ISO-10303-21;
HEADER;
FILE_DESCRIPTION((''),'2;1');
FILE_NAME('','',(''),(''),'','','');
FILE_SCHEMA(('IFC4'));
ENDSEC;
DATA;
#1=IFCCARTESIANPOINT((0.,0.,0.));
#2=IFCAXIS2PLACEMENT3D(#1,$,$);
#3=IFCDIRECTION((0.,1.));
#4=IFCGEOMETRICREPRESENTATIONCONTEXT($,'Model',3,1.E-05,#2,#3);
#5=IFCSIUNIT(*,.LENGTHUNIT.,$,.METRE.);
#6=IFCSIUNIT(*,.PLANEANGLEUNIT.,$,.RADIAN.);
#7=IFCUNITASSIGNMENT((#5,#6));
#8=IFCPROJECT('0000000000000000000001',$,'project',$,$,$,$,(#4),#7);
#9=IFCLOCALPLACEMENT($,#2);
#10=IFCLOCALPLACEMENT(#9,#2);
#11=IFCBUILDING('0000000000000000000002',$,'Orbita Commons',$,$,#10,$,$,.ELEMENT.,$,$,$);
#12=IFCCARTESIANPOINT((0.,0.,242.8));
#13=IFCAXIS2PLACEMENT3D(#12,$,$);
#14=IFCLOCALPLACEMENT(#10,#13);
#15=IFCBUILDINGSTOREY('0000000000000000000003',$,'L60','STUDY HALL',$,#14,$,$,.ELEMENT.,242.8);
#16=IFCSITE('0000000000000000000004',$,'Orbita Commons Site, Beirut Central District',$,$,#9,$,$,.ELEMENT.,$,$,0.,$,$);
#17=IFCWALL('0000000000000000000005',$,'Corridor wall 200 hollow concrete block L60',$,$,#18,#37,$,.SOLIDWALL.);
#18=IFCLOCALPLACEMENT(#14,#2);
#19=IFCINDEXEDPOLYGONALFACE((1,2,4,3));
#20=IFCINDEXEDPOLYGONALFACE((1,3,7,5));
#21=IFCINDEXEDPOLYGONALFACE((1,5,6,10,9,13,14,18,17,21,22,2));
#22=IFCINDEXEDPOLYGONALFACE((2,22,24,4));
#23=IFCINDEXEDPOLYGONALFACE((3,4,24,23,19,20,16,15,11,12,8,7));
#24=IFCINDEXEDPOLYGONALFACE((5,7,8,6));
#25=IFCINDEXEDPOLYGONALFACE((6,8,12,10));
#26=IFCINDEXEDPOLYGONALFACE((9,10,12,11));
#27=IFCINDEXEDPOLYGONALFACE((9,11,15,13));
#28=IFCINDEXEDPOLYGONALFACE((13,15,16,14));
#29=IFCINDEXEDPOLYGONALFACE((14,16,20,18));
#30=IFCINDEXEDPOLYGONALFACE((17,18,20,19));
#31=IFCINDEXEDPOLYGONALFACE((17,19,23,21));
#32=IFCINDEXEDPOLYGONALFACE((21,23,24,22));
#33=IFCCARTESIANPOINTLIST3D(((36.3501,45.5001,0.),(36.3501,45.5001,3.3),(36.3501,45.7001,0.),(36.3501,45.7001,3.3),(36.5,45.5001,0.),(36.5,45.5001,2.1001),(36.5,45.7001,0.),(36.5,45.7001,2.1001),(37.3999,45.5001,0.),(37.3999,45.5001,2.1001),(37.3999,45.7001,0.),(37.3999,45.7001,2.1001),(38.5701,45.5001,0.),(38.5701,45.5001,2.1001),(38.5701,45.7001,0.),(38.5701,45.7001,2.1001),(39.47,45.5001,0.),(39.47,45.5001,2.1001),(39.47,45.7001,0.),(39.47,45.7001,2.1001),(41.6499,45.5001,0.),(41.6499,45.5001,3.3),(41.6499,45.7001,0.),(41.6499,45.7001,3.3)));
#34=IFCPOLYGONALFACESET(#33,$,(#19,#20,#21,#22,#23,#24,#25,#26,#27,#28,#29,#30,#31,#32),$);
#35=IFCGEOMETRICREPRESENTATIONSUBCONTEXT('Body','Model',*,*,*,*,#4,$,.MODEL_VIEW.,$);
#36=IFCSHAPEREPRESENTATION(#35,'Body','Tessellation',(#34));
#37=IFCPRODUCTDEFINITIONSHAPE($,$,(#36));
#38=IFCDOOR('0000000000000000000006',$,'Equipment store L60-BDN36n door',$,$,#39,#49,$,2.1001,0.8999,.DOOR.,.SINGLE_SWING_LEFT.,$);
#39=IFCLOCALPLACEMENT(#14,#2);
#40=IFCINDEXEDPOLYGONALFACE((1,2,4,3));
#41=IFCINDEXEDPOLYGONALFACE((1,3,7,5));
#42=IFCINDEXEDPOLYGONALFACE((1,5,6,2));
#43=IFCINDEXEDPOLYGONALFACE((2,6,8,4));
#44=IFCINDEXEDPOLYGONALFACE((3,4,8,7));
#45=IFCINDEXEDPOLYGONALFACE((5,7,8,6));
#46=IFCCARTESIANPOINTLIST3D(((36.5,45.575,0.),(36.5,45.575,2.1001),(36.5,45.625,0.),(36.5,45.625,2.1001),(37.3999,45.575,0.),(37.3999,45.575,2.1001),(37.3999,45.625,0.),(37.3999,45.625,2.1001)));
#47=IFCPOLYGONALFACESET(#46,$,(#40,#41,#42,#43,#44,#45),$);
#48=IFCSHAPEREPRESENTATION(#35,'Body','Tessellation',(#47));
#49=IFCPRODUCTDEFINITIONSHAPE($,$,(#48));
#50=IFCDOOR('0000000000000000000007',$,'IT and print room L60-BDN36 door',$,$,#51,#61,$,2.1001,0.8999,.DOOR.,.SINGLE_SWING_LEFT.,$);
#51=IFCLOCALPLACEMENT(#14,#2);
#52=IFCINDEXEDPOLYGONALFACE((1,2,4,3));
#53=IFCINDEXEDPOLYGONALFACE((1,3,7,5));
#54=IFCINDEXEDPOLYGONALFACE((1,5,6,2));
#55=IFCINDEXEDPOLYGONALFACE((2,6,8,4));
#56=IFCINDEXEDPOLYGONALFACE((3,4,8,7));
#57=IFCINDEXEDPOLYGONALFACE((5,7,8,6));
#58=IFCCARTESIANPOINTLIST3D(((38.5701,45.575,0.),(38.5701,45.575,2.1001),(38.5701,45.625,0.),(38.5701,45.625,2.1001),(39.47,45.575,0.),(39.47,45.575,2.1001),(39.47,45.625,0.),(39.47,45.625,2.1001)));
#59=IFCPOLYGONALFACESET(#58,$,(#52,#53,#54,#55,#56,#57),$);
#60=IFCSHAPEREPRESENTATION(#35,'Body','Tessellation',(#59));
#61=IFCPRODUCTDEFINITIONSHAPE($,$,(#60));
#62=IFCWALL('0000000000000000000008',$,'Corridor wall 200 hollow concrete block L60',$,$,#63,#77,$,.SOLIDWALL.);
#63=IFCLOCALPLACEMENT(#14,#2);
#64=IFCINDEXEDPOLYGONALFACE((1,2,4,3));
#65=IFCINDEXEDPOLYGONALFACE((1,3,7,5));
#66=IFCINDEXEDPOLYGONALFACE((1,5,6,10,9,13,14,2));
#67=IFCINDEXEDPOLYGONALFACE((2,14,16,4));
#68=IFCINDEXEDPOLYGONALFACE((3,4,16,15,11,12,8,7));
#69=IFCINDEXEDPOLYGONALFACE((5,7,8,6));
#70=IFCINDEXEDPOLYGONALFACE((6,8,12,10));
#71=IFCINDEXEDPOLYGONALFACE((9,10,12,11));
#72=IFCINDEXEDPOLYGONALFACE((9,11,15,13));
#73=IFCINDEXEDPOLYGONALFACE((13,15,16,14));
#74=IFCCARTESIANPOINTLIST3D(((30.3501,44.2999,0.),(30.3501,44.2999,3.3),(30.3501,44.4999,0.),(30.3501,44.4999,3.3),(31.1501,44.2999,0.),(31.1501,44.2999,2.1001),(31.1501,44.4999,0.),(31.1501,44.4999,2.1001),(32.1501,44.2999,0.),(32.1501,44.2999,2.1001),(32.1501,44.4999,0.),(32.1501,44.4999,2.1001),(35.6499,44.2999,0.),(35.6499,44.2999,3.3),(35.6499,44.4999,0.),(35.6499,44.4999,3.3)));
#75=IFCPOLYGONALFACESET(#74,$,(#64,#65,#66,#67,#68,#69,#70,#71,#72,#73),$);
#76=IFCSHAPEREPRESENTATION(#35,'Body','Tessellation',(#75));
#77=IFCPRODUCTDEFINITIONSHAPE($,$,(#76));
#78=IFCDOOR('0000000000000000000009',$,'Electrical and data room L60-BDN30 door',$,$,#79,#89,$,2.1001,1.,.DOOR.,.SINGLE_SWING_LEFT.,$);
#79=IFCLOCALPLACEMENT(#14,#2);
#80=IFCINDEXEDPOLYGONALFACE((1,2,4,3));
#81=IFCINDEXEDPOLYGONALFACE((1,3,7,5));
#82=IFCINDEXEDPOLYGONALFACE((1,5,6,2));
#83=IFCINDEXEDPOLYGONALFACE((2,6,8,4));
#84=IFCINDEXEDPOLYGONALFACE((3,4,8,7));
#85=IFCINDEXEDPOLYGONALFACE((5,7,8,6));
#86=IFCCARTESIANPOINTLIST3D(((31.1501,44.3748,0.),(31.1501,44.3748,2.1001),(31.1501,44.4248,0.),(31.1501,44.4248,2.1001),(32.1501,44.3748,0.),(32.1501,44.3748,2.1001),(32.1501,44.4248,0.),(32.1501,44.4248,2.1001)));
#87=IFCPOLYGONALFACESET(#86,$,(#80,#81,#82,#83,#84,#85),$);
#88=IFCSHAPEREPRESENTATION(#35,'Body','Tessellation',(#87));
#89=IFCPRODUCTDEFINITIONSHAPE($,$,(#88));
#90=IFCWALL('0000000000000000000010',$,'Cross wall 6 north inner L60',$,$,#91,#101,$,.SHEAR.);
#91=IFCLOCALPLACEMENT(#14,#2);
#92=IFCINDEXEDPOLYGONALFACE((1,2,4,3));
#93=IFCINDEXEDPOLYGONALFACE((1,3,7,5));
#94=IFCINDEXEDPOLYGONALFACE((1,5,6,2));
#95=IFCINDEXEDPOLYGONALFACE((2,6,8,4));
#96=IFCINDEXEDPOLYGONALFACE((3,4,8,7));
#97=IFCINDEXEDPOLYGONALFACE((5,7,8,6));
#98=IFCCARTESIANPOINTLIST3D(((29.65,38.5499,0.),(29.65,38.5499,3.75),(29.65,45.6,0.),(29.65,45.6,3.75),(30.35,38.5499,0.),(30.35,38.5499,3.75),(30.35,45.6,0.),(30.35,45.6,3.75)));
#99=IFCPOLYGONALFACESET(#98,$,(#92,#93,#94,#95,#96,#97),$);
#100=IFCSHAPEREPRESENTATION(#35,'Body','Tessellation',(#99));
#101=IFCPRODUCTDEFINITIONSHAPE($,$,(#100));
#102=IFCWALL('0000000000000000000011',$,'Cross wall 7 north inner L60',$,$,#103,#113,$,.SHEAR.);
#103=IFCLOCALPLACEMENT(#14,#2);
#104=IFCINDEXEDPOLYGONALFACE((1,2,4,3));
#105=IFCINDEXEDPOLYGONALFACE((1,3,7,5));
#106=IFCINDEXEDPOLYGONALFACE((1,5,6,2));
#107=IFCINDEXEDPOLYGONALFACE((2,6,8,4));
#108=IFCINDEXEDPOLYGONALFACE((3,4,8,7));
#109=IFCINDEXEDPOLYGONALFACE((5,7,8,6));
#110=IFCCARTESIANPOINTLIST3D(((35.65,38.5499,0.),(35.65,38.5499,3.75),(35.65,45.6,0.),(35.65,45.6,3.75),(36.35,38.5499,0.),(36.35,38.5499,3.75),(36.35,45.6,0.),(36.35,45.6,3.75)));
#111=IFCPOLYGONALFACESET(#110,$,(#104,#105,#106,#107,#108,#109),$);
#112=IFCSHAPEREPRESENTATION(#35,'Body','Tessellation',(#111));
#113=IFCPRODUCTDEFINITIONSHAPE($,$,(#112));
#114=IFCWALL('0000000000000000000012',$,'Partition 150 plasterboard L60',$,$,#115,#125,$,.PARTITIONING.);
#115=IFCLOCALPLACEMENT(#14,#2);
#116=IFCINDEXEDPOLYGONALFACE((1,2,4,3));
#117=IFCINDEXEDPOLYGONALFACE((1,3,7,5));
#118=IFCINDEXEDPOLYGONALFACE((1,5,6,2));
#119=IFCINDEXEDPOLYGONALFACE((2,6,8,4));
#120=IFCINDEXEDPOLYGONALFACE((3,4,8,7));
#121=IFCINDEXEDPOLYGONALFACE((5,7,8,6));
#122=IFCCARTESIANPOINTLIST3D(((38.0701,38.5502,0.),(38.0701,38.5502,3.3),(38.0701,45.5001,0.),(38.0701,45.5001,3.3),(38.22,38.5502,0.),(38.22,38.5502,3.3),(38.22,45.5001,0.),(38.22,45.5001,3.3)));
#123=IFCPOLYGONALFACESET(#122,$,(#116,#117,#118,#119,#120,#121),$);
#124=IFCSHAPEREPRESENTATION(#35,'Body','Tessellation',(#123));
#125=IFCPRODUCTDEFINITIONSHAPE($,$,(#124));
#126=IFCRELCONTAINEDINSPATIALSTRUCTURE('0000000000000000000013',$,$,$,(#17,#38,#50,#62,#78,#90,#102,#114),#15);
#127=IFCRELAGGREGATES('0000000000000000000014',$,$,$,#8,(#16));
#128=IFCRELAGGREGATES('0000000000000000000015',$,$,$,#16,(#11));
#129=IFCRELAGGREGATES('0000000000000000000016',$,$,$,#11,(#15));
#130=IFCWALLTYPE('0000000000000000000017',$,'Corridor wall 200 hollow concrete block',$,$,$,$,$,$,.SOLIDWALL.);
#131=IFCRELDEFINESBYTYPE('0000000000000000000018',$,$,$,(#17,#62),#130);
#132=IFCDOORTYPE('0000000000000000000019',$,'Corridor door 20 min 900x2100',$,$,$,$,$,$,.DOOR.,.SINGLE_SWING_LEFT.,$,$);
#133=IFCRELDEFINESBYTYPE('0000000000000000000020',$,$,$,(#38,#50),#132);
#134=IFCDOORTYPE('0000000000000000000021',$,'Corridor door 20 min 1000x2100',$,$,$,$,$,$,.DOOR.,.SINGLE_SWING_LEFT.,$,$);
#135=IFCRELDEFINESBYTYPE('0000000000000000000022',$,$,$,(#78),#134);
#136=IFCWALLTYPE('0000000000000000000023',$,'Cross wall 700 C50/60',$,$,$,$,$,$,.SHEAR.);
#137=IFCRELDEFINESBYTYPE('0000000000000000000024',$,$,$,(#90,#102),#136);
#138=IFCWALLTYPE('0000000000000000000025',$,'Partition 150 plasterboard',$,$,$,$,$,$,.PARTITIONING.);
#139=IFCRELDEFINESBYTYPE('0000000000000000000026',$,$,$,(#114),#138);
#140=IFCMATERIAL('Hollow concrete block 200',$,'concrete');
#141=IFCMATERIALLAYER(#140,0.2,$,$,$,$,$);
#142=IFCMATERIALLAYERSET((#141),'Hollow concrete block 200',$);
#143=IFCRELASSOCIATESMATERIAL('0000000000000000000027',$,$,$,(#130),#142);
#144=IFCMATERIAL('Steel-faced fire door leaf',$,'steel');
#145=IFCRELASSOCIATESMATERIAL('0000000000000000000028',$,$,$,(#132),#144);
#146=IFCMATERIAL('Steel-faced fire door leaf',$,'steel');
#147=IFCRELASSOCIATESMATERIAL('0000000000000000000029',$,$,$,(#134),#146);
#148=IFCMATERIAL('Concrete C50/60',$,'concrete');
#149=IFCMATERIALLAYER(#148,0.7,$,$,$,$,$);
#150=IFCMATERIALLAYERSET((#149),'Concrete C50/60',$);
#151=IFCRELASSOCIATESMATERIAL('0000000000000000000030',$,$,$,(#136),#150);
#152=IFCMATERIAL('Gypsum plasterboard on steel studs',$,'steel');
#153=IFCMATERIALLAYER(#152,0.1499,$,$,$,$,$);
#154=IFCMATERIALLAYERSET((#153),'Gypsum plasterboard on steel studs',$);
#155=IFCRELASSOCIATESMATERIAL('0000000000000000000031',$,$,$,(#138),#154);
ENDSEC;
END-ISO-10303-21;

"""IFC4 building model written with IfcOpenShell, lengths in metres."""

from ifc_helpers import new_model, si_unit, direction, frame, frame_2d, origin, place, context, subcontext, project, spatial, rectangle, extrude, material, layer, layer_set, type_object, element, fill, save


model = new_model("IFC4")

# Units and contexts
model_context = context("Model", 3, precision=1e-05, world=origin(), true_north=direction((0.0, 1.0)))
body_context = subcontext(model_context, "Body", "Model", "MODEL_VIEW")
ifc_project = project(units=[si_unit("LENGTHUNIT", "METRE"), si_unit("PLANEANGLEUNIT", "RADIAN")], contexts=[model_context])

# Site, building, storey
site_placement = place(None, origin())
site = spatial("IfcSite", under=ifc_project, at=site_placement, Name="Orbita Commons Site, Beirut Central District", CompositionType="ELEMENT", RefElevation=0.0)
building_placement = place(site_placement, origin())
building = spatial("IfcBuilding", under=site, at=building_placement, Name="Orbita Commons", CompositionType="ELEMENT")
storey_placement = place(building_placement, frame((0.0, 0.0, 242.8)))
storey = spatial("IfcBuildingStorey", under=building, at=storey_placement, Name="L60", Description="STUDY HALL", CompositionType="ELEMENT", Elevation=242.8)

# Wall, openings, doors
ifc_material_1 = material(Name="Hollow concrete block 200", Category="concrete")
ifc_layer_1 = layer(ifc_material_1, 0.2)
ifc_layer_set_1 = layer_set([ifc_layer_1], Name="Hollow concrete block 200")
wall_type_1 = type_object("IfcWallType", Name="Corridor wall 200 hollow concrete block", PredefinedType="SOLIDWALL", material=ifc_layer_set_1)
wall_1_placement = place(storey_placement, frame((36.3501, 45.6001, 0.0), z_axis=(0.0, 0.0, 1.0), x_axis=(1.0, 0.0, 0.0)))
wall_1 = element("IfcWall", 1, at=wall_1_placement, inside=storey, type_object=wall_type_1, Name="Corridor wall 200 hollow concrete block L60", PredefinedType="SOLIDWALL", context=body_context, shape_type="SweptSolid", body=[
    extrude(rectangle(XDim=5.2998, YDim=0.2, at=frame_2d((2.6499, 0.0))), origin(), (0.0, 0.0, 1.0), 3.3),
])
opening_1_placement = place(wall_1_placement, frame((0.1499, 0.0, 0.0)))
opening_1 = element("IfcOpeningElement", 2, at=opening_1_placement, cuts=wall_1, PredefinedType="OPENING", context=body_context, shape_type="SweptSolid", body=[
    extrude(rectangle(XDim=0.8999, YDim=2.1001, at=frame_2d((0.45, 1.05))), frame((0.0, 0.1099, 0.0), z_axis=(0.0, -1.0, 0.0), x_axis=(1.0, 0.0, 0.0)), (0.0, 0.0, 1.0), 0.22),
])
opening_2_placement = place(wall_1_placement, frame((2.22, 0.0, 0.0)))
opening_2 = element("IfcOpeningElement", 3, at=opening_2_placement, cuts=wall_1, PredefinedType="OPENING", context=body_context, shape_type="SweptSolid", body=[
    extrude(rectangle(XDim=0.8999, YDim=2.1001, at=frame_2d((0.45, 1.05))), frame((0.0, 0.1099, 0.0), z_axis=(0.0, -1.0, 0.0), x_axis=(1.0, 0.0, 0.0)), (0.0, 0.0, 1.0), 0.22),
])
ifc_material_2 = material(Name="Steel-faced fire door leaf", Category="steel")
door_type_1 = type_object("IfcDoorType", Name="Corridor door 20 min 900x2100", OperationType="SINGLE_SWING_LEFT", PredefinedType="DOOR", material=ifc_material_2)
door_1_placement = place(opening_1_placement, origin())
door_1 = element("IfcDoor", 4, at=door_1_placement, inside=storey, type_object=door_type_1, Name="Equipment store L60-BDN36n door", OperationType="SINGLE_SWING_LEFT", OverallHeight=2.1001, OverallWidth=0.8999, PredefinedType="DOOR", context=body_context, shape_type="SweptSolid", body=[
    extrude(rectangle(XDim=0.8999, YDim=2.1001, at=frame_2d((0.45, 1.05))), frame((0.0, 0.0249, 0.0), z_axis=(0.0, -1.0, 0.0), x_axis=(1.0, 0.0, 0.0)), (0.0, 0.0, 1.0), 0.05),
])
fill(opening_1, door_1)
door_2_placement = place(opening_2_placement, origin())
door_2 = element("IfcDoor", 5, at=door_2_placement, inside=storey, type_object=door_type_1, Name="IT and print room L60-BDN36 door", OperationType="SINGLE_SWING_LEFT", OverallHeight=2.1001, OverallWidth=0.8999, PredefinedType="DOOR", context=body_context, shape_type="SweptSolid", body=[
    extrude(rectangle(XDim=0.8999, YDim=2.1001, at=frame_2d((0.45, 1.05))), frame((0.0, 0.0249, 0.0), z_axis=(0.0, -1.0, 0.0), x_axis=(1.0, 0.0, 0.0)), (0.0, 0.0, 1.0), 0.05),
])
fill(opening_2, door_2)

# Wall, opening, door
wall_2_placement = place(storey_placement, frame((30.3501, 44.3999, 0.0), z_axis=(0.0, 0.0, 1.0), x_axis=(1.0, 0.0, 0.0)))
wall_2 = element("IfcWall", 6, at=wall_2_placement, inside=storey, type_object=wall_type_1, Name="Corridor wall 200 hollow concrete block L60", PredefinedType="SOLIDWALL", context=body_context, shape_type="SweptSolid", body=[
    extrude(rectangle(XDim=5.2998, YDim=0.2, at=frame_2d((2.6499, 0.0))), origin(), (0.0, 0.0, 1.0), 3.3),
])
opening_3_placement = place(wall_2_placement, frame((0.8, 0.0, 0.0)))
opening_3 = element("IfcOpeningElement", 7, at=opening_3_placement, cuts=wall_2, PredefinedType="OPENING", context=body_context, shape_type="SweptSolid", body=[
    extrude(rectangle(XDim=1.0, YDim=2.1001, at=frame_2d((0.5, 1.05))), frame((0.0, 0.1099, 0.0), z_axis=(0.0, -1.0, 0.0), x_axis=(1.0, 0.0, 0.0)), (0.0, 0.0, 1.0), 0.22),
])
ifc_material_3 = material(Name="Steel-faced fire door leaf", Category="steel")
door_type_2 = type_object("IfcDoorType", Name="Corridor door 20 min 1000x2100", OperationType="SINGLE_SWING_LEFT", PredefinedType="DOOR", material=ifc_material_3)
door_3_placement = place(opening_3_placement, origin())
door_3 = element("IfcDoor", 8, at=door_3_placement, inside=storey, type_object=door_type_2, Name="Electrical and data room L60-BDN30 door", OperationType="SINGLE_SWING_LEFT", OverallHeight=2.1001, OverallWidth=1.0, PredefinedType="DOOR", context=body_context, shape_type="SweptSolid", body=[
    extrude(rectangle(XDim=1.0, YDim=2.1001, at=frame_2d((0.5, 1.05))), frame((0.0, 0.0249, 0.0), z_axis=(0.0, -1.0, 0.0), x_axis=(1.0, 0.0, 0.0)), (0.0, 0.0, 1.0), 0.05),
])
fill(opening_3, door_3)

# Walls
ifc_material_4 = material(Name="Concrete C50/60", Category="concrete")
ifc_layer_2 = layer(ifc_material_4, 0.7)
ifc_layer_set_2 = layer_set([ifc_layer_2], Name="Concrete C50/60")
wall_type_2 = type_object("IfcWallType", Name="Cross wall 700 C50/60", PredefinedType="SHEAR", material=ifc_layer_set_2)
for number, where, z_axis, x_axis, name in (
    (9, (30.0, 38.55, 0.0), (0.0, 0.0, 1.0), (0.0, 1.0, 0.0), "Cross wall 6 north inner L60"),
    (10, (36.0, 38.55, 0.0), (0.0, 0.0, 1.0), (0.0, 1.0, 0.0), "Cross wall 7 north inner L60"),
):
    element("IfcWall", number, at=place(storey_placement, frame(where, z_axis=z_axis, x_axis=x_axis)), inside=storey, type_object=wall_type_2, Name=name, PredefinedType="SHEAR", context=body_context, shape_type="SweptSolid", body=[
        extrude(rectangle(XDim=7.05, YDim=0.7, at=frame_2d((3.5249, 0.0))), origin(), (0.0, 0.0, 1.0), 3.75),
    ])
ifc_material_5 = material(Name="Gypsum plasterboard on steel studs", Category="steel")
ifc_layer_3 = layer(ifc_material_5, 0.1499)
ifc_layer_set_3 = layer_set([ifc_layer_3], Name="Gypsum plasterboard on steel studs")
wall_type_3 = type_object("IfcWallType", Name="Partition 150 plasterboard", PredefinedType="PARTITIONING", material=ifc_layer_set_3)
wall_3_placement = place(storey_placement, frame((38.145, 38.55, 0.0), z_axis=(0.0, 0.0, 1.0), x_axis=(0.0, 1.0, 0.0)))
element("IfcWall", 11, at=wall_3_placement, inside=storey, type_object=wall_type_3, Name="Partition 150 plasterboard L60", PredefinedType="PARTITIONING", context=body_context, shape_type="SweptSolid", body=[
    extrude(rectangle(XDim=6.95, YDim=0.1499, at=frame_2d((3.4751, 0.0))), origin(), (0.0, 0.0, 1.0), 3.3),
])

save(model, "model.ifc")
